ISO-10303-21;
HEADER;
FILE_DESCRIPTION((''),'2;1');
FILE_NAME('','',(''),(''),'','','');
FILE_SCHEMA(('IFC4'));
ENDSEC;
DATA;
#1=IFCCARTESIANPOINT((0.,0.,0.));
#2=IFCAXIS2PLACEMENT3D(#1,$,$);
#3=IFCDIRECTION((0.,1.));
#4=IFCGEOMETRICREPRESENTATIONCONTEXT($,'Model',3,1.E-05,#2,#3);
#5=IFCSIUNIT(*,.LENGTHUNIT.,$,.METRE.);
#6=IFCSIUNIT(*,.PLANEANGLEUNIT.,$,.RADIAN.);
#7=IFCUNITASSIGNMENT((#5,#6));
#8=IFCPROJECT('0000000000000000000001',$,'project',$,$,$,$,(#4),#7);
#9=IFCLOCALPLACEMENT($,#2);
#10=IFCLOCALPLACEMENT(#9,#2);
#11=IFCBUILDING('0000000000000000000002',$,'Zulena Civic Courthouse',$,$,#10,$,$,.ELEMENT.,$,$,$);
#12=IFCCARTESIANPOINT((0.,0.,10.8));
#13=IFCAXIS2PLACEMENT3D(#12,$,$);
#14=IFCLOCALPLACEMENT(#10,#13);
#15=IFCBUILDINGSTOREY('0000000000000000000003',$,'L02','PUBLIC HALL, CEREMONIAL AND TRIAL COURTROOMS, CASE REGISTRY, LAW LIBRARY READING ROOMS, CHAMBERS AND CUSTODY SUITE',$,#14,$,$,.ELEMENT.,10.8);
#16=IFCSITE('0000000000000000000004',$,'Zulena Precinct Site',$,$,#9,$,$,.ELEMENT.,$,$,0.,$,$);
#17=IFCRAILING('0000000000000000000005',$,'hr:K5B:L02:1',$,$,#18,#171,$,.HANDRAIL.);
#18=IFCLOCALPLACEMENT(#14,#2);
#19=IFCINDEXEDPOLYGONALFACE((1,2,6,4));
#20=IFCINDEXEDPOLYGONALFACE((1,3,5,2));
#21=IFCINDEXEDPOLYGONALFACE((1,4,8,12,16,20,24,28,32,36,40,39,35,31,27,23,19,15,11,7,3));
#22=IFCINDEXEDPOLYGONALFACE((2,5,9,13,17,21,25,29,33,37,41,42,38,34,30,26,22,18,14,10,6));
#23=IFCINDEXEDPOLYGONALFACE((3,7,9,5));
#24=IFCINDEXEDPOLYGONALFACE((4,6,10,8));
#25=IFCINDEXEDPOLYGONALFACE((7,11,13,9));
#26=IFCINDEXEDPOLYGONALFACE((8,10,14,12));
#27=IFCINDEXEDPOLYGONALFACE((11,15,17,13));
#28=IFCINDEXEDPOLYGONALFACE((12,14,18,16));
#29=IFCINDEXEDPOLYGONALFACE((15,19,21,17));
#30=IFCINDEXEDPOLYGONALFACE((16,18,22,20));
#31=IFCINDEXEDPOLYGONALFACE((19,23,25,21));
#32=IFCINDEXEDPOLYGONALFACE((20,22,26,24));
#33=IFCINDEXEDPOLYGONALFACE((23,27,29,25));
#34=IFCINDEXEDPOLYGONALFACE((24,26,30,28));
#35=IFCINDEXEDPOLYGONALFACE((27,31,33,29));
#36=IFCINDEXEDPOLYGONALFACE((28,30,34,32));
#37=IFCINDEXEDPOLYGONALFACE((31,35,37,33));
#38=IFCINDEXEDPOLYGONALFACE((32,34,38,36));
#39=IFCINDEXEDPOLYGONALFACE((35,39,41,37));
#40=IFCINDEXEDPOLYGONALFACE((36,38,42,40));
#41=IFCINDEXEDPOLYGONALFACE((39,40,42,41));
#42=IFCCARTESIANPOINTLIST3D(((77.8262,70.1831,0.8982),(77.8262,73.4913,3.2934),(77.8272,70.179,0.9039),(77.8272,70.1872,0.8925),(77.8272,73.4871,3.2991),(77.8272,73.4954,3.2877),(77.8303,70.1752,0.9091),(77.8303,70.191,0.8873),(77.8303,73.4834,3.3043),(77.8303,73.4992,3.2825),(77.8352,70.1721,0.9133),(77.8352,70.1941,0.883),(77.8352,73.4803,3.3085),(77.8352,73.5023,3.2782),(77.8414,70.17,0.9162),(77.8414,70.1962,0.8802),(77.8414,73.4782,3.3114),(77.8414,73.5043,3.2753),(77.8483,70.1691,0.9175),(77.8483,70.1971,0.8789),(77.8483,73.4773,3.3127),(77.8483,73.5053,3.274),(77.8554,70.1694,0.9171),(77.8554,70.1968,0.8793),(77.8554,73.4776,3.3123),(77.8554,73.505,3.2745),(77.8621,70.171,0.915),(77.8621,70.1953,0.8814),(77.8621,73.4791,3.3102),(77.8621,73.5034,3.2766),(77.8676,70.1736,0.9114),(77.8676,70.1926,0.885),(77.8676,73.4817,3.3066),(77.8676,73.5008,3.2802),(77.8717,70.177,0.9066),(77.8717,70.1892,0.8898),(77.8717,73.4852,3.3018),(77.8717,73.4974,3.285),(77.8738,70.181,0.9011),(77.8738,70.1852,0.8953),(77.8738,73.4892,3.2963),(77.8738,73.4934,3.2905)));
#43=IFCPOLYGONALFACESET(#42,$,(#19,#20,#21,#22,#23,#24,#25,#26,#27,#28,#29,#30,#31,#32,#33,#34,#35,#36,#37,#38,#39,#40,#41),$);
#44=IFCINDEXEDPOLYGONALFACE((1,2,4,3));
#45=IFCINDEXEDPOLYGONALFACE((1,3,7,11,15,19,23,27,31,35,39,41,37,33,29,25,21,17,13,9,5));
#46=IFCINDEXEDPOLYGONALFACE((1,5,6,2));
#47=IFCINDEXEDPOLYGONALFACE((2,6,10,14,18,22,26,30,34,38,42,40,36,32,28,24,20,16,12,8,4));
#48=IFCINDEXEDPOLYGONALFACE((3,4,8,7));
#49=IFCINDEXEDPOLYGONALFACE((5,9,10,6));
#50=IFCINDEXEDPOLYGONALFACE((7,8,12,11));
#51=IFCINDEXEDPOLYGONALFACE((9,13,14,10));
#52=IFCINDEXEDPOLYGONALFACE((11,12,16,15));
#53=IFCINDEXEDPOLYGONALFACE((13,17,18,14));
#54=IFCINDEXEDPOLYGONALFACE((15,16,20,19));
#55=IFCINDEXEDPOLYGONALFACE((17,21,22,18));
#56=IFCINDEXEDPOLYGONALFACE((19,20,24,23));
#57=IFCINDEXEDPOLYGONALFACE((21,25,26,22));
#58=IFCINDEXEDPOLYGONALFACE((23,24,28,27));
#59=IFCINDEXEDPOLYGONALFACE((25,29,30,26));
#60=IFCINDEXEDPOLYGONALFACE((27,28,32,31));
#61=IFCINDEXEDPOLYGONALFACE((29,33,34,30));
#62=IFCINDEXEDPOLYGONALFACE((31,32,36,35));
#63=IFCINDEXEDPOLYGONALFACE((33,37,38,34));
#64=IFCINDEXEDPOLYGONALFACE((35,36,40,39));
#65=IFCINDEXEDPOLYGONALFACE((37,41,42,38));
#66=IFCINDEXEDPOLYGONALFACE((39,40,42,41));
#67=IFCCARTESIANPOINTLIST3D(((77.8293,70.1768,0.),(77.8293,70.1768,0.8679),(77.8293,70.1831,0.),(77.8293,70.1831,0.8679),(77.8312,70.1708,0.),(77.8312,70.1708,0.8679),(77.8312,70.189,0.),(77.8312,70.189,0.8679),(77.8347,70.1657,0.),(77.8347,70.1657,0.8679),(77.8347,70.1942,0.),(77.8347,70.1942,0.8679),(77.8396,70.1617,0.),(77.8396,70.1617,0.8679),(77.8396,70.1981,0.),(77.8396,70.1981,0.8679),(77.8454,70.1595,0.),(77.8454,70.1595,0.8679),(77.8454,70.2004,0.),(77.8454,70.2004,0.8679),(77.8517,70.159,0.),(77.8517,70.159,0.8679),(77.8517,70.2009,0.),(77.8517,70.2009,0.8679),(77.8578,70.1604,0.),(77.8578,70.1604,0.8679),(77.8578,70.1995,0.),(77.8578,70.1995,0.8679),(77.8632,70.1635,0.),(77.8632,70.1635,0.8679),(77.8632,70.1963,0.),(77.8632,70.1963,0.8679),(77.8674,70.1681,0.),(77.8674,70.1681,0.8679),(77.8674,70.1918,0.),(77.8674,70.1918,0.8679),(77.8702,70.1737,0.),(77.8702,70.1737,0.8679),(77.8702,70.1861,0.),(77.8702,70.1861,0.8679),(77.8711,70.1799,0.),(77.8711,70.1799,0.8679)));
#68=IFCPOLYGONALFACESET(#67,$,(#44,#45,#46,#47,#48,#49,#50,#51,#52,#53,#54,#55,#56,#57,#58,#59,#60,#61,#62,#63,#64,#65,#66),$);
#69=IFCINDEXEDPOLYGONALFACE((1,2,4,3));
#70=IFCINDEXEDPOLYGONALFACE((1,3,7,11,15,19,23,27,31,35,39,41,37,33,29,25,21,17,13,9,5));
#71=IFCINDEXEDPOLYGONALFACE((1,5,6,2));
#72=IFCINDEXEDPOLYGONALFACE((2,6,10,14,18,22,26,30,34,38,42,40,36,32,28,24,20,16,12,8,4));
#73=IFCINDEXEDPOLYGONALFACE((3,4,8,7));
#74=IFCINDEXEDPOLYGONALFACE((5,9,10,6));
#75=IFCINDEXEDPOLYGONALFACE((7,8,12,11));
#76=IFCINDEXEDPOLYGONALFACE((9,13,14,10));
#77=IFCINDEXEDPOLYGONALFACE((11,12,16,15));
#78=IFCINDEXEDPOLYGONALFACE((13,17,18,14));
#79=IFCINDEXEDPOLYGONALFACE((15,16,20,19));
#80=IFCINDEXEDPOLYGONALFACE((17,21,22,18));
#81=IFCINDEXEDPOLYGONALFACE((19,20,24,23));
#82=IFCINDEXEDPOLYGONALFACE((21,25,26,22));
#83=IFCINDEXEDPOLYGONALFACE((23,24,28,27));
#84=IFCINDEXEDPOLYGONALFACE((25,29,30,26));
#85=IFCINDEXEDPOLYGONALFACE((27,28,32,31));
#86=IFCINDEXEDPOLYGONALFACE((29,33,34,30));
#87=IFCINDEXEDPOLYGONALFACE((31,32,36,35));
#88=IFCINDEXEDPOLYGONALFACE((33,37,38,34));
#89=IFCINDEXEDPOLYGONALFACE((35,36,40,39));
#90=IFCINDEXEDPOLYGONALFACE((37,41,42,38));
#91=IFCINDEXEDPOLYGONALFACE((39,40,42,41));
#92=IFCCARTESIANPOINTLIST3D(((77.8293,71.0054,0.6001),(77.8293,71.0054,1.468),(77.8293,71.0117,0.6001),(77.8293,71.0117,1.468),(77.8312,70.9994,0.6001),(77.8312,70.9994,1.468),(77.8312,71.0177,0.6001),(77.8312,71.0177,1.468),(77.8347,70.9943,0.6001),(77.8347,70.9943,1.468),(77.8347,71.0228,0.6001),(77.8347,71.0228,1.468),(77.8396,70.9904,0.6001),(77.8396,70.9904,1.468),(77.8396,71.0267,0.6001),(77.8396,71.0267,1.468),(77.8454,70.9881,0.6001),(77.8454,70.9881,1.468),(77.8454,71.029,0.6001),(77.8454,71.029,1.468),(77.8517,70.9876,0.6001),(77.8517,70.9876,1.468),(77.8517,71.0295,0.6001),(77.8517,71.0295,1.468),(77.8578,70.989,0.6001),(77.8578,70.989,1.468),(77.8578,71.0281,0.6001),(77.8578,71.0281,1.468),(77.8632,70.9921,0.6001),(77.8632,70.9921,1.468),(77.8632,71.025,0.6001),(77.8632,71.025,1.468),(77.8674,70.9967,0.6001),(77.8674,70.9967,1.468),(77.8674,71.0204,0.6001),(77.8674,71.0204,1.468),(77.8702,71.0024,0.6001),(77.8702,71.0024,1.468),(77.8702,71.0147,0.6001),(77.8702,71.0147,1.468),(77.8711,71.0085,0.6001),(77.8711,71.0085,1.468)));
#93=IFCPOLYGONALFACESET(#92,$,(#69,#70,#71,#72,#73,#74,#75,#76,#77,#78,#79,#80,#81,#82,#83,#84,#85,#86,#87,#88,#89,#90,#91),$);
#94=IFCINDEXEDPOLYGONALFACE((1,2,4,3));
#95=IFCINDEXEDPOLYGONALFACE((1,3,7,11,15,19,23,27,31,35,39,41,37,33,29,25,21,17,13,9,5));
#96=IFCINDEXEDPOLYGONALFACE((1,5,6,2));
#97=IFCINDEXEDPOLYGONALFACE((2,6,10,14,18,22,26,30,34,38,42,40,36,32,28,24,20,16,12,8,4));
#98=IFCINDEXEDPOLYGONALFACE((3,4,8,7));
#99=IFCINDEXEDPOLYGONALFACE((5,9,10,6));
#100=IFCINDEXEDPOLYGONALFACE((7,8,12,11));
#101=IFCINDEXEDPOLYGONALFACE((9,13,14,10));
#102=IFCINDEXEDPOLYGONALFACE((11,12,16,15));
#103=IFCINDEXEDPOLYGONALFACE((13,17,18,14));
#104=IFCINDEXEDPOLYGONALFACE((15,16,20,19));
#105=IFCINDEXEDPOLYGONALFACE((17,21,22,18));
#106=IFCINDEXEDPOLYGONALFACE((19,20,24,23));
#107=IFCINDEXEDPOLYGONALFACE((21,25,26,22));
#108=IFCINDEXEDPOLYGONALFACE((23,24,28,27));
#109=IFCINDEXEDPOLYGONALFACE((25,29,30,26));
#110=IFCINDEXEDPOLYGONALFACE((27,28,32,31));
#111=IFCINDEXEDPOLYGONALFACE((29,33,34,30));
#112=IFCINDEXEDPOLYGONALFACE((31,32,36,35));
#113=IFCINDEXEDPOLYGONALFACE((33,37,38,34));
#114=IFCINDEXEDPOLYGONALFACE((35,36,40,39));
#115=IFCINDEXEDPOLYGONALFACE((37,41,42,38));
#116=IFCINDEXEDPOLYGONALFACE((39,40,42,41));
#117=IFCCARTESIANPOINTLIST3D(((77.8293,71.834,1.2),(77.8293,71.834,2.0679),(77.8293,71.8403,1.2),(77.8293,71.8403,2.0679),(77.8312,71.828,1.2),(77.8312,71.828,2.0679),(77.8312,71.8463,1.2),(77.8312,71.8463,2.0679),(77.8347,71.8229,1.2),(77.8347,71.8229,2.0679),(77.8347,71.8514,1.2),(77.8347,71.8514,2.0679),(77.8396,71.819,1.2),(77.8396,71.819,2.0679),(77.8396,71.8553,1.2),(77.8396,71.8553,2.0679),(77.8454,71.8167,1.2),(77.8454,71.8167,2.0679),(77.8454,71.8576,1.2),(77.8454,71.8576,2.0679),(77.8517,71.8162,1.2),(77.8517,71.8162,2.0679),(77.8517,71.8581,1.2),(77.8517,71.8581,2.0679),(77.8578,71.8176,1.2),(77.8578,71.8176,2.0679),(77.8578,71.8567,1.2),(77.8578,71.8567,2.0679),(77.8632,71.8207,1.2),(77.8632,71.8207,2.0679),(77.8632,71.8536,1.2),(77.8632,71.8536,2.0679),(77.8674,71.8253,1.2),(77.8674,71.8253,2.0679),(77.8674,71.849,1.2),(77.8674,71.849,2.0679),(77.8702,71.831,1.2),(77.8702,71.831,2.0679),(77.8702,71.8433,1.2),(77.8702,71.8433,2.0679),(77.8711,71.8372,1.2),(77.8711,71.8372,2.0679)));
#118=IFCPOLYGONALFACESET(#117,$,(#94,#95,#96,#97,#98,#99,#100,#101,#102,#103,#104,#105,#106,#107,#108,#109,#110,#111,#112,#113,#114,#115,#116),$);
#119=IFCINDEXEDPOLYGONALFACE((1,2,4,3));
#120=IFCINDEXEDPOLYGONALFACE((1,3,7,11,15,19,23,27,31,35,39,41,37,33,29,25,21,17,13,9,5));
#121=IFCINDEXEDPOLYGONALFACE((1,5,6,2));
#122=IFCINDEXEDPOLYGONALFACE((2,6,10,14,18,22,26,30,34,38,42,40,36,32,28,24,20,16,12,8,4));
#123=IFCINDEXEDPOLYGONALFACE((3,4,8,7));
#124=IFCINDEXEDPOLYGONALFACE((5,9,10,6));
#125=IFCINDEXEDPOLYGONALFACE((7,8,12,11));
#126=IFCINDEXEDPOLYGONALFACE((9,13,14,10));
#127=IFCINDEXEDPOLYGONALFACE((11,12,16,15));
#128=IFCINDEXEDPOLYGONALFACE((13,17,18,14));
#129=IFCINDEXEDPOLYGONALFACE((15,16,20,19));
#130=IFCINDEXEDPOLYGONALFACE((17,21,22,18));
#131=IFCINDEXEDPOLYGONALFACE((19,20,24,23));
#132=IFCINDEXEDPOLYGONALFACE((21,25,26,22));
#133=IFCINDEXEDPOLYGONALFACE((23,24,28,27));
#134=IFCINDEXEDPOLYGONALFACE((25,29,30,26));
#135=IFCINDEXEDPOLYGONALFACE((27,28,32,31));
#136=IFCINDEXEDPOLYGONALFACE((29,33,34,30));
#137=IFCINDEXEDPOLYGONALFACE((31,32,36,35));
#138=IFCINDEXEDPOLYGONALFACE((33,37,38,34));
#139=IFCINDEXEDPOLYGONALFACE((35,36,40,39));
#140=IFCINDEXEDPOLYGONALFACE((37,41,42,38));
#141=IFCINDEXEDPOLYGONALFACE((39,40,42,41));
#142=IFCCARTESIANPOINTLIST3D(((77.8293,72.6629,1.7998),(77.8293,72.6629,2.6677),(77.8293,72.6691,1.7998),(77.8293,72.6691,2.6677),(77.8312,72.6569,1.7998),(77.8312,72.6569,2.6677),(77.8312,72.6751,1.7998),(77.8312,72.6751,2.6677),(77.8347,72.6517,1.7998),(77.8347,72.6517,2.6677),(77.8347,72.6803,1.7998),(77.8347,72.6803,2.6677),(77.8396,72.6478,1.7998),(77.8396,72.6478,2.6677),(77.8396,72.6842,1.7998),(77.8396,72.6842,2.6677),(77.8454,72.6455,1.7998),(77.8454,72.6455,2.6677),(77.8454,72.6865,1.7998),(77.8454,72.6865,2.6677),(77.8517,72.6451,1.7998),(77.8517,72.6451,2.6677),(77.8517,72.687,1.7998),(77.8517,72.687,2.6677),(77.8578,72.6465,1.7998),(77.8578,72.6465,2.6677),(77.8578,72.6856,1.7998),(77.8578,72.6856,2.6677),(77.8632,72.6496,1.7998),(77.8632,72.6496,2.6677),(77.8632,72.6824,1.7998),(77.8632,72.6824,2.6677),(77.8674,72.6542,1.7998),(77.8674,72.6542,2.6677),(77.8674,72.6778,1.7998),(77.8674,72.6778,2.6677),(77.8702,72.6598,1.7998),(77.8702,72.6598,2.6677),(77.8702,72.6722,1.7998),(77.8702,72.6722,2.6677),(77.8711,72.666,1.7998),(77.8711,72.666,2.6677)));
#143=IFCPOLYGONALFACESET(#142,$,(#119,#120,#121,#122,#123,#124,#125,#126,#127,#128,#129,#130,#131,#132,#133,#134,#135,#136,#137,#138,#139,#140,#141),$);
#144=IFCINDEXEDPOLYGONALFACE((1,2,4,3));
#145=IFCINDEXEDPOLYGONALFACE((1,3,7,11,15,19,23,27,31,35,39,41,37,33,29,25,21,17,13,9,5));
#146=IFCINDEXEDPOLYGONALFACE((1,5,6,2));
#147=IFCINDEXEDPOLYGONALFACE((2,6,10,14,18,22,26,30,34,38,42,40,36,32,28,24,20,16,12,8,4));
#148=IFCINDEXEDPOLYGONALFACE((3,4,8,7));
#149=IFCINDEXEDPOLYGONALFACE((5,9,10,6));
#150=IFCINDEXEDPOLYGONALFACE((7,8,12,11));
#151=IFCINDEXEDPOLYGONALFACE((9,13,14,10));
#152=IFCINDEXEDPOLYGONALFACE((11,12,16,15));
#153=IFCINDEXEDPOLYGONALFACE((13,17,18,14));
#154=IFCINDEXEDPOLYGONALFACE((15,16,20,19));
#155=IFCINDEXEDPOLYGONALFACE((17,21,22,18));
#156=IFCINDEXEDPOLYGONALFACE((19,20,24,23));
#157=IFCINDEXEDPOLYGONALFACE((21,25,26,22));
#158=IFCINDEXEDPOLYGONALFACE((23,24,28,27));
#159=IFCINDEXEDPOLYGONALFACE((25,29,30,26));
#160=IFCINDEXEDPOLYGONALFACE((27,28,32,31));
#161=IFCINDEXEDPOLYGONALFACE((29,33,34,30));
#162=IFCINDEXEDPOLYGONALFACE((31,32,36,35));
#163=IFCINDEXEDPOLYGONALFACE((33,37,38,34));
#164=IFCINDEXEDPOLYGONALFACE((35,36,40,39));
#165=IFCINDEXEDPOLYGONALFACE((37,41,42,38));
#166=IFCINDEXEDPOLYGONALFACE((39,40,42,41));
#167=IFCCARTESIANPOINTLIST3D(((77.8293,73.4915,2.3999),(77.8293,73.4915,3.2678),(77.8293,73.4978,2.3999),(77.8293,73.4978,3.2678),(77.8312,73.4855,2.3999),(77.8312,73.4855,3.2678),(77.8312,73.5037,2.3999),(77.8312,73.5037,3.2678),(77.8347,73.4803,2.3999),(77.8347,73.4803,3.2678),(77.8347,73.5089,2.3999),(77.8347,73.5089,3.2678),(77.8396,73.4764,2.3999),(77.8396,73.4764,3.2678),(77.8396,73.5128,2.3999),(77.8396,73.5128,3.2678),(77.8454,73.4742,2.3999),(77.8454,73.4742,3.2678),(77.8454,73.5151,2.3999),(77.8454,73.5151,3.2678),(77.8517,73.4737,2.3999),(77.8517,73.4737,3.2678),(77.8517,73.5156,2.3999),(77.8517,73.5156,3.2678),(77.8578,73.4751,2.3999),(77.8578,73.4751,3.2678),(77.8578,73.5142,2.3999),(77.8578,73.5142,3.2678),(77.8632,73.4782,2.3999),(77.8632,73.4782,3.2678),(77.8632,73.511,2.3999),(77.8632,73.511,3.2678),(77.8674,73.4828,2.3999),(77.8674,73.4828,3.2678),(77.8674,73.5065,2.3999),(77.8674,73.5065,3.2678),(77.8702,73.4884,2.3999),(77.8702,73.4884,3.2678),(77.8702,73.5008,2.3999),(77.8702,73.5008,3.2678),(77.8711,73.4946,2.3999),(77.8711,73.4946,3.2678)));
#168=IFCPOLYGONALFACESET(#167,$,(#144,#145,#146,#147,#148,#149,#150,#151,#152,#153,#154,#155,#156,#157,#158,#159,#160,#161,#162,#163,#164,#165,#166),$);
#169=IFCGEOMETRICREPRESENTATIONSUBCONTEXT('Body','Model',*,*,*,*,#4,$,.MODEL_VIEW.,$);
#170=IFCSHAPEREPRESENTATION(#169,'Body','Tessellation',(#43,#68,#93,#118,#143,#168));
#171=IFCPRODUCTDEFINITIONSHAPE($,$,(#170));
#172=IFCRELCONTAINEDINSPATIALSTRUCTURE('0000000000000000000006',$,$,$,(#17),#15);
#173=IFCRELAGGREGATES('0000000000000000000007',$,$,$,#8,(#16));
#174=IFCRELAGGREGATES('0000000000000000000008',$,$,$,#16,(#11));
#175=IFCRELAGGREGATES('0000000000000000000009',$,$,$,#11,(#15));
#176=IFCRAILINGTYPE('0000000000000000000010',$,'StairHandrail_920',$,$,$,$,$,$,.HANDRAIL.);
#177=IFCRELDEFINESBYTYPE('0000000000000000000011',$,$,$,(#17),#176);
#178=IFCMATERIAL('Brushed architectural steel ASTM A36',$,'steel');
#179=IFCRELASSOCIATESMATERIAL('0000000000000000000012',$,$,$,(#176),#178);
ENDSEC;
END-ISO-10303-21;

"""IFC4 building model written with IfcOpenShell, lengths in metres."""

from ifc_helpers import new_model, si_unit, direction, frame, origin, origin_2d, place, context, subcontext, project, spatial, circle, extrude, material, type_object, element, save


model = new_model("IFC4")

# Units and contexts
model_context = context("Model", 3, precision=1e-05, world=origin(), true_north=direction((0.0, 1.0)))
body_context = subcontext(model_context, "Body", "Model", "MODEL_VIEW")
ifc_project = project(units=[si_unit("LENGTHUNIT", "METRE"), si_unit("PLANEANGLEUNIT", "RADIAN")], contexts=[model_context])

# Site, building, storey
site_placement = place(None, origin())
site = spatial("IfcSite", under=ifc_project, at=site_placement, Name="Zulena Precinct Site", CompositionType="ELEMENT", RefElevation=0.0)
building_placement = place(site_placement, origin())
building = spatial("IfcBuilding", under=site, at=building_placement, Name="Zulena Civic Courthouse", CompositionType="ELEMENT")
storey_placement = place(building_placement, frame((0.0, 0.0, 10.8)))
storey = spatial("IfcBuildingStorey", under=building, at=storey_placement, Name="L02", Description="PUBLIC HALL, CEREMONIAL AND TRIAL COURTROOMS, CASE REGISTRY, LAW LIBRARY READING ROOMS, CHAMBERS AND CUSTODY SUITE", CompositionType="ELEMENT", Elevation=10.8)

# Railing
ifc_material_1 = material(Name="Brushed architectural steel ASTM A36", Category="steel")
railing_type_1 = type_object("IfcRailingType", Name="StairHandrail_920", PredefinedType="HANDRAIL", material=ifc_material_1)
railing_1_placement = place(storey_placement, frame((77.8501, 70.1799, 0.0)))
element("IfcRailing", 1, at=railing_1_placement, inside=storey, type_object=railing_type_1, Name="hr:K5B:L02:1", PredefinedType="HANDRAIL", context=body_context, shape_type="SweptSolid", body=[
    extrude(circle(Radius=0.0239, at=origin_2d()), frame((0.0, 0.0032, 0.8982), z_axis=(0.0, 0.809988, 0.586446), x_axis=(-1.0, 0.0, 0.0)), (0.0, 0.0, 1.0), 4.0842),
    extrude(circle(Radius=0.021, at=origin_2d()), origin(), (0.0, 0.0, 1.0), 0.8679),
    extrude(circle(Radius=0.021, at=origin_2d()), frame((0.0, 0.8286, 0.6001)), (0.0, 0.0, 1.0), 0.8679),
    extrude(circle(Radius=0.021, at=origin_2d()), frame((0.0, 1.6572, 1.2)), (0.0, 0.0, 1.0), 0.8679),
    extrude(circle(Radius=0.021, at=origin_2d()), frame((0.0, 2.4861, 1.7998)), (0.0, 0.0, 1.0), 0.8679),
    extrude(circle(Radius=0.021, at=origin_2d()), frame((0.0, 3.3147, 2.3999)), (0.0, 0.0, 1.0), 0.8679),
])

save(model, "model.ifc")
